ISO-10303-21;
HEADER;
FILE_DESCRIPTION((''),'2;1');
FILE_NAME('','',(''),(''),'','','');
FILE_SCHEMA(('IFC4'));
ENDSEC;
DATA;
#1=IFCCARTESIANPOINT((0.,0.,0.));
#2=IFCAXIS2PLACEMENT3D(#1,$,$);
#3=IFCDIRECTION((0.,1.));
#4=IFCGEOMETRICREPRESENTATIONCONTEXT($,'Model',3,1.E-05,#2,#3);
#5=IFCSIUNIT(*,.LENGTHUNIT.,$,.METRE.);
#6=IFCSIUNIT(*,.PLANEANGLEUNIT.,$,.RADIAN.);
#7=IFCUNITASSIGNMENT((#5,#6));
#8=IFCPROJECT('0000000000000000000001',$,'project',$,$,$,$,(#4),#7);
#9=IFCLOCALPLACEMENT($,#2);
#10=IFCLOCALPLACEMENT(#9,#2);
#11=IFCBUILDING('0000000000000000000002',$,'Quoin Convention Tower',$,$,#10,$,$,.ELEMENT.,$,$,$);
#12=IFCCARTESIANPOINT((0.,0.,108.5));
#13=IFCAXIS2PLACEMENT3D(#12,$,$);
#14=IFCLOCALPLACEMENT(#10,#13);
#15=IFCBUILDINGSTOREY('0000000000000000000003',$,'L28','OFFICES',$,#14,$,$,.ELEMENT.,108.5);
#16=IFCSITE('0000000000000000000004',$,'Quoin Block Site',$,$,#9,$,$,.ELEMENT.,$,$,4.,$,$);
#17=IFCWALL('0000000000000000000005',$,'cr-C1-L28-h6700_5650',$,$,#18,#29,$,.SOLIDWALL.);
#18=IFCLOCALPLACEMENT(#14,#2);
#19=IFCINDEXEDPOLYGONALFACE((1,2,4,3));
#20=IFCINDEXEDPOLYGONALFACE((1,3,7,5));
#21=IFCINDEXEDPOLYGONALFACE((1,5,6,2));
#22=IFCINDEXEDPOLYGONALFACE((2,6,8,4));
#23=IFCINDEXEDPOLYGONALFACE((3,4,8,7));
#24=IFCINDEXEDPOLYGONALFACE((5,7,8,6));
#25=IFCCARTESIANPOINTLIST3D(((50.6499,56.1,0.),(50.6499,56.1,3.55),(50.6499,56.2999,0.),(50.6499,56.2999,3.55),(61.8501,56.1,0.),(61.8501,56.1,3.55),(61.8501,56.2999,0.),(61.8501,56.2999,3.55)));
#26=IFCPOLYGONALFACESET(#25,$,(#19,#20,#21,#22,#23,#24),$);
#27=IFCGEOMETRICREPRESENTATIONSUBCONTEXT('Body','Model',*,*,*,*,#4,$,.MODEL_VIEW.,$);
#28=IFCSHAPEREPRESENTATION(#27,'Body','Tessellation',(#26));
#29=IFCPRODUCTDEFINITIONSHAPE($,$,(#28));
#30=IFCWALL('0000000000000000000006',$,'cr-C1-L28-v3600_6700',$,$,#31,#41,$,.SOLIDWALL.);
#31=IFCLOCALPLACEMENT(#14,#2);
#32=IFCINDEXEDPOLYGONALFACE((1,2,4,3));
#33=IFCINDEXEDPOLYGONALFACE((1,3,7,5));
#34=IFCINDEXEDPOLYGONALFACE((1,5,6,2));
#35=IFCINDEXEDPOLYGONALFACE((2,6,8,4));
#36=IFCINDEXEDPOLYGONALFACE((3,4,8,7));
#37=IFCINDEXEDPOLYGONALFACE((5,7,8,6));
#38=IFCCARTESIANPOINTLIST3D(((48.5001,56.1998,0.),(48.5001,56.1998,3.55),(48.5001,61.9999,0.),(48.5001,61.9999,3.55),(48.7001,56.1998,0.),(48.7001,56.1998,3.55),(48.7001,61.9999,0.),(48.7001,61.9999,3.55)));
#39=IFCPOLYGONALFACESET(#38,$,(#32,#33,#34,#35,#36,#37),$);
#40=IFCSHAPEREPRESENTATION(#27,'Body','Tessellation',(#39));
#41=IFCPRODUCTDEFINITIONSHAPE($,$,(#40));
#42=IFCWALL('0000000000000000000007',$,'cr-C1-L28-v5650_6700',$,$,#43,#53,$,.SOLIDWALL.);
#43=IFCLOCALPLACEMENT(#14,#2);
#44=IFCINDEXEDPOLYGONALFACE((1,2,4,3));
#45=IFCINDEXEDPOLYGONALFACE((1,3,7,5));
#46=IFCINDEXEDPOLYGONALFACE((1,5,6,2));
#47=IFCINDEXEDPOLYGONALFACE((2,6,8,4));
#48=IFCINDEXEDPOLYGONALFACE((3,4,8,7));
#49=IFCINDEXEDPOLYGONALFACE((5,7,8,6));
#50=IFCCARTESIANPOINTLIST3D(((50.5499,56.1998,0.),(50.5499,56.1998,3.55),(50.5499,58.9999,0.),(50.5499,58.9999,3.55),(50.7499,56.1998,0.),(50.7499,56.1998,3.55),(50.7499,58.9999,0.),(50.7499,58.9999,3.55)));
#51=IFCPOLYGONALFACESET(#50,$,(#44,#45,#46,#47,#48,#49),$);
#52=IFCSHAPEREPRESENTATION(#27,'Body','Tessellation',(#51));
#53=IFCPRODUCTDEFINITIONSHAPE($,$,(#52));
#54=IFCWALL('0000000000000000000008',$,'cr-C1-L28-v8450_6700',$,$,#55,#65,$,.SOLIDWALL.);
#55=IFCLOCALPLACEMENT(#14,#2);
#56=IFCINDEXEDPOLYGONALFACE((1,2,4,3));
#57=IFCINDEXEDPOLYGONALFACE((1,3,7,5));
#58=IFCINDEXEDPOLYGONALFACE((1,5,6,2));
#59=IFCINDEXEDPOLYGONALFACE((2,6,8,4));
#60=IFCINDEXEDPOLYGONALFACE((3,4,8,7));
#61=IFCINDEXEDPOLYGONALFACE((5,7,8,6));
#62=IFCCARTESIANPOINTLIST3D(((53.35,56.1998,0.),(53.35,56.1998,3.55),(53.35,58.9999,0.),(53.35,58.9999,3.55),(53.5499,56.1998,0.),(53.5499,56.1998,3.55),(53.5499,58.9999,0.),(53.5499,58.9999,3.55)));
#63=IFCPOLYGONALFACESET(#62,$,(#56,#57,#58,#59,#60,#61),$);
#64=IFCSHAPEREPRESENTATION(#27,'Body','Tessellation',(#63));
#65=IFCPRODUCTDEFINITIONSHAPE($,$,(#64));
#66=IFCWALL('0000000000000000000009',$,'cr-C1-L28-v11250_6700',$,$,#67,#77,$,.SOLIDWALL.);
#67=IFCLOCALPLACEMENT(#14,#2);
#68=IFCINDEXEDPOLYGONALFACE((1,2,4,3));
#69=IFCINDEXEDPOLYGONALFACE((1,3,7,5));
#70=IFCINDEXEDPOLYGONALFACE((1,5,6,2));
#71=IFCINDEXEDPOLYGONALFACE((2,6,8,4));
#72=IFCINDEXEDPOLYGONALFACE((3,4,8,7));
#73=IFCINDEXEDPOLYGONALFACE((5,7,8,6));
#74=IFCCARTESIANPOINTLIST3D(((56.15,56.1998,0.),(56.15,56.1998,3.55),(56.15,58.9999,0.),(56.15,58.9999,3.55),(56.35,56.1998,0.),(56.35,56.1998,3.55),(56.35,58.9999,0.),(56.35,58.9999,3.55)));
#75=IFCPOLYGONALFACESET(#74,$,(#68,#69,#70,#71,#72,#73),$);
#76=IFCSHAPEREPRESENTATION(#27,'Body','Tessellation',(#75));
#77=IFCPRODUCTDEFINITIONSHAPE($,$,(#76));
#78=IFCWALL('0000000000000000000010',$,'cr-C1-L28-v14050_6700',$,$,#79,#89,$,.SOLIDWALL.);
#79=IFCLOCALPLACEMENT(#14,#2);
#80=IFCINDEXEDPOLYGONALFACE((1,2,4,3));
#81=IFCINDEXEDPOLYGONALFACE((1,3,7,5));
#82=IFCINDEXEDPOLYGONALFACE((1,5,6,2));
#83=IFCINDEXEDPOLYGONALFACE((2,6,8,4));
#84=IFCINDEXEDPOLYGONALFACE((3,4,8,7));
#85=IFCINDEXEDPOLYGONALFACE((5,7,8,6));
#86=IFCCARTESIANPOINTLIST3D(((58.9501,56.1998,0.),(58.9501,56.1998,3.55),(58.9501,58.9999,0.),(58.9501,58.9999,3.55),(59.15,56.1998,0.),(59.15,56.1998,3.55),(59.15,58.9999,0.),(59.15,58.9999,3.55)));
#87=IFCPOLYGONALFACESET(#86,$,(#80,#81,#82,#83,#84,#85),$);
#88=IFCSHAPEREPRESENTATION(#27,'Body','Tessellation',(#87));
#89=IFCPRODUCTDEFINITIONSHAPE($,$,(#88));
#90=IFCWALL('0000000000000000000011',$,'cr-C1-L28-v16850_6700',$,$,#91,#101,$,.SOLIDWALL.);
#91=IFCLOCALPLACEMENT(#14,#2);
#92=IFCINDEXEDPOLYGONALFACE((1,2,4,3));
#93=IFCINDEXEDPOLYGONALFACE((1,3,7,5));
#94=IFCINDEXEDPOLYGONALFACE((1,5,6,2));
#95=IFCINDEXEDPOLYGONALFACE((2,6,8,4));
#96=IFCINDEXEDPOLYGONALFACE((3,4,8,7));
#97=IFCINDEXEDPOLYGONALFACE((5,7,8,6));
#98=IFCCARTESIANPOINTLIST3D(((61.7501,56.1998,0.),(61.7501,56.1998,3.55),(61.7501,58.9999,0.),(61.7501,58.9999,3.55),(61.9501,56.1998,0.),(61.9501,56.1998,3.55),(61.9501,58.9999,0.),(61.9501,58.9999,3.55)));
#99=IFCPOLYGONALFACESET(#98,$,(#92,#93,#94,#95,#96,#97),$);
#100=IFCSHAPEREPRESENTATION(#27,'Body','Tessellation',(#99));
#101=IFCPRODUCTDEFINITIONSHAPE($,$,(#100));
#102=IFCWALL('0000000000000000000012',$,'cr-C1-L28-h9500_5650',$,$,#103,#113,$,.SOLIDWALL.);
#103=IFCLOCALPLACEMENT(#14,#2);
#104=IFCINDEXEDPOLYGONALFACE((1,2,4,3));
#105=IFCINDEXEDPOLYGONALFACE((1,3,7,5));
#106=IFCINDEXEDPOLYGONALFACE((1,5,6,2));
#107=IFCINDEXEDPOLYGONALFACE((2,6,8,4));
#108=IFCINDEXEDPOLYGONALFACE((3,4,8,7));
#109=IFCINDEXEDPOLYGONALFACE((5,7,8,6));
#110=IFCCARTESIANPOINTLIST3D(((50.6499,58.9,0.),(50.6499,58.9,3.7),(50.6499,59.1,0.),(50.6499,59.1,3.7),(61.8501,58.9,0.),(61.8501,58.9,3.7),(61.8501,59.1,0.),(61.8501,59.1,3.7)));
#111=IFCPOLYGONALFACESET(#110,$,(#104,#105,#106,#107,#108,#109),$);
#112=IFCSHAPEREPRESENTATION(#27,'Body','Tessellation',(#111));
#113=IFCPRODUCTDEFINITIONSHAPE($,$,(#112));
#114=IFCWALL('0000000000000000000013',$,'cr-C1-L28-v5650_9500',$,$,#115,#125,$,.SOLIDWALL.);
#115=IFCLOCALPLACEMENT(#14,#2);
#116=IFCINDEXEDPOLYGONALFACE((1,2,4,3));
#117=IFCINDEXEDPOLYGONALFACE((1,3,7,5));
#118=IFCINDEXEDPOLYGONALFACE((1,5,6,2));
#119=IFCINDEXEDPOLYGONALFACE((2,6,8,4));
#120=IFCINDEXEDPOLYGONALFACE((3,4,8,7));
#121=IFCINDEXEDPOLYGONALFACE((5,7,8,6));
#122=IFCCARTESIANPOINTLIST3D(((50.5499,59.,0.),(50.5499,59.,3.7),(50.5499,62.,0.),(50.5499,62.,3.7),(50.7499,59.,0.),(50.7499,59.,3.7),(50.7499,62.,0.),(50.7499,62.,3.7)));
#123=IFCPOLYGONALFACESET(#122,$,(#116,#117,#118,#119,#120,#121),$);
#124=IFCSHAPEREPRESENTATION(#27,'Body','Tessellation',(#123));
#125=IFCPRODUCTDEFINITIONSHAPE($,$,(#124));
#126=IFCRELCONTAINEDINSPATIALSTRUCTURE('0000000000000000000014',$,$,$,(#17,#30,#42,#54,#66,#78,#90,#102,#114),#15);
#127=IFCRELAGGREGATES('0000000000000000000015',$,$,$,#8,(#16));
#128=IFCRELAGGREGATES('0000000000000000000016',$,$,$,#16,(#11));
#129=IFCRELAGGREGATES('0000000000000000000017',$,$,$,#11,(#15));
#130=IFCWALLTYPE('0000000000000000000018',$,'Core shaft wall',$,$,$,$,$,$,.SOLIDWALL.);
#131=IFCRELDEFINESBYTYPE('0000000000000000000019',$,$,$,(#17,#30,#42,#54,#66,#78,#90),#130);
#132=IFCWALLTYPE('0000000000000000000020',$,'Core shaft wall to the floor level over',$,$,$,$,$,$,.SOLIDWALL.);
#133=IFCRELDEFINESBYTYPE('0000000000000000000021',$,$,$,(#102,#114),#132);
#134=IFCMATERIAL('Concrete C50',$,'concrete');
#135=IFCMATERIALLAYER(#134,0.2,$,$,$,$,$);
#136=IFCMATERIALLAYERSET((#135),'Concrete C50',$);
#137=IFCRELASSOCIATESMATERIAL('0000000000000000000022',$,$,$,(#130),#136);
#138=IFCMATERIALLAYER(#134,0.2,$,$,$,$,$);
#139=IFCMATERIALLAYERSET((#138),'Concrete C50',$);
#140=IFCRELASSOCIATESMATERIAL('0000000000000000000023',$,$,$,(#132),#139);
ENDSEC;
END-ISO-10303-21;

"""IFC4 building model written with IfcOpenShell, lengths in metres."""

from ifc_helpers import new_model, si_unit, direction, frame, frame_2d, origin, place, context, subcontext, project, spatial, rectangle, extrude, material, layer, layer_set, type_object, element, save


model = new_model("IFC4")

# Units and contexts
model_context = context("Model", 3, precision=1e-05, world=origin(), true_north=direction((0.0, 1.0)))
body_context = subcontext(model_context, "Body", "Model", "MODEL_VIEW")
ifc_project = project(units=[si_unit("LENGTHUNIT", "METRE"), si_unit("PLANEANGLEUNIT", "RADIAN")], contexts=[model_context])

# Site, building, storey
site_placement = place(None, origin())
site = spatial("IfcSite", under=ifc_project, at=site_placement, Name="Quoin Block Site", CompositionType="ELEMENT", RefElevation=4.0)
building_placement = place(site_placement, origin())
building = spatial("IfcBuilding", under=site, at=building_placement, Name="Quoin Convention Tower", CompositionType="ELEMENT")
storey_placement = place(building_placement, frame((0.0, 0.0, 108.5)))
storey = spatial("IfcBuildingStorey", under=building, at=storey_placement, Name="L28", Description="OFFICES", CompositionType="ELEMENT", Elevation=108.5)

# Shared definitions
ifc_material_1 = material(Name="Concrete C50", Category="concrete")
ifc_layer_1 = layer(ifc_material_1, 0.2)
ifc_layer_set_1 = layer_set([ifc_layer_1], Name="Concrete C50")
wall_type_1 = type_object("IfcWallType", Name="Core shaft wall", PredefinedType="SOLIDWALL", material=ifc_layer_set_1)

# Walls
wall_1_placement = place(storey_placement, frame((50.6499, 56.2, 0.0), z_axis=(0.0, 0.0, 1.0), x_axis=(1.0, 0.0, 0.0)))
element("IfcWall", 1, at=wall_1_placement, inside=storey, type_object=wall_type_1, Name="cr-C1-L28-h6700_5650", PredefinedType="SOLIDWALL", context=body_context, shape_type="SweptSolid", body=[
    extrude(rectangle(XDim=11.2002, YDim=0.2, at=frame_2d((5.6001, 0.0))), origin(), (0.0, 0.0, 1.0), 3.55),
])
wall_2_placement = place(storey_placement, frame((48.6001, 56.2, 0.0), z_axis=(0.0, 0.0, 1.0), x_axis=(0.0, 1.0, 0.0)))
element("IfcWall", 2, at=wall_2_placement, inside=storey, type_object=wall_type_1, Name="cr-C1-L28-v3600_6700", PredefinedType="SOLIDWALL", context=body_context, shape_type="SweptSolid", body=[
    extrude(rectangle(XDim=5.8, YDim=0.2, at=frame_2d((2.8999, 0.0))), origin(), (0.0, 0.0, 1.0), 3.55),
])
for number, where, z_axis, x_axis, name in (
    (3, (50.6499, 56.2, 0.0), (0.0, 0.0, 1.0), (0.0, 1.0, 0.0), "cr-C1-L28-v5650_6700"),
    (4, (53.45, 56.2, 0.0), (0.0, 0.0, 1.0), (0.0, 1.0, 0.0), "cr-C1-L28-v8450_6700"),
    (5, (56.25, 56.2, 0.0), (0.0, 0.0, 1.0), (0.0, 1.0, 0.0), "cr-C1-L28-v11250_6700"),
    (6, (59.05, 56.2, 0.0), (0.0, 0.0, 1.0), (0.0, 1.0, 0.0), "cr-C1-L28-v14050_6700"),
    (7, (61.8501, 56.2, 0.0), (0.0, 0.0, 1.0), (0.0, 1.0, 0.0), "cr-C1-L28-v16850_6700"),
):
    element("IfcWall", number, at=place(storey_placement, frame(where, z_axis=z_axis, x_axis=x_axis)), inside=storey, type_object=wall_type_1, Name=name, PredefinedType="SOLIDWALL", context=body_context, shape_type="SweptSolid", body=[
        extrude(rectangle(XDim=2.8, YDim=0.2, at=frame_2d((1.3999, 0.0))), origin(), (0.0, 0.0, 1.0), 3.55),
    ])
ifc_layer_2 = layer(ifc_material_1, 0.2)
ifc_layer_set_2 = layer_set([ifc_layer_2], Name="Concrete C50")
wall_type_2 = type_object("IfcWallType", Name="Core shaft wall to the floor level over", PredefinedType="SOLIDWALL", material=ifc_layer_set_2)
wall_3_placement = place(storey_placement, frame((50.6499, 59.0, 0.0), z_axis=(0.0, 0.0, 1.0), x_axis=(1.0, 0.0, 0.0)))
element("IfcWall", 8, at=wall_3_placement, inside=storey, type_object=wall_type_2, Name="cr-C1-L28-h9500_5650", PredefinedType="SOLIDWALL", context=body_context, shape_type="SweptSolid", body=[
    extrude(rectangle(XDim=11.2002, YDim=0.2, at=frame_2d((5.6001, 0.0))), origin(), (0.0, 0.0, 1.0), 3.7),
])
wall_4_placement = place(storey_placement, frame((50.6499, 59.0, 0.0), z_axis=(0.0, 0.0, 1.0), x_axis=(0.0, 1.0, 0.0)))
element("IfcWall", 9, at=wall_4_placement, inside=storey, type_object=wall_type_2, Name="cr-C1-L28-v5650_9500", PredefinedType="SOLIDWALL", context=body_context, shape_type="SweptSolid", body=[
    extrude(rectangle(XDim=3.0, YDim=0.2, at=frame_2d((1.5, 0.0))), origin(), (0.0, 0.0, 1.0), 3.7),
])

save(model, "model.ifc")
